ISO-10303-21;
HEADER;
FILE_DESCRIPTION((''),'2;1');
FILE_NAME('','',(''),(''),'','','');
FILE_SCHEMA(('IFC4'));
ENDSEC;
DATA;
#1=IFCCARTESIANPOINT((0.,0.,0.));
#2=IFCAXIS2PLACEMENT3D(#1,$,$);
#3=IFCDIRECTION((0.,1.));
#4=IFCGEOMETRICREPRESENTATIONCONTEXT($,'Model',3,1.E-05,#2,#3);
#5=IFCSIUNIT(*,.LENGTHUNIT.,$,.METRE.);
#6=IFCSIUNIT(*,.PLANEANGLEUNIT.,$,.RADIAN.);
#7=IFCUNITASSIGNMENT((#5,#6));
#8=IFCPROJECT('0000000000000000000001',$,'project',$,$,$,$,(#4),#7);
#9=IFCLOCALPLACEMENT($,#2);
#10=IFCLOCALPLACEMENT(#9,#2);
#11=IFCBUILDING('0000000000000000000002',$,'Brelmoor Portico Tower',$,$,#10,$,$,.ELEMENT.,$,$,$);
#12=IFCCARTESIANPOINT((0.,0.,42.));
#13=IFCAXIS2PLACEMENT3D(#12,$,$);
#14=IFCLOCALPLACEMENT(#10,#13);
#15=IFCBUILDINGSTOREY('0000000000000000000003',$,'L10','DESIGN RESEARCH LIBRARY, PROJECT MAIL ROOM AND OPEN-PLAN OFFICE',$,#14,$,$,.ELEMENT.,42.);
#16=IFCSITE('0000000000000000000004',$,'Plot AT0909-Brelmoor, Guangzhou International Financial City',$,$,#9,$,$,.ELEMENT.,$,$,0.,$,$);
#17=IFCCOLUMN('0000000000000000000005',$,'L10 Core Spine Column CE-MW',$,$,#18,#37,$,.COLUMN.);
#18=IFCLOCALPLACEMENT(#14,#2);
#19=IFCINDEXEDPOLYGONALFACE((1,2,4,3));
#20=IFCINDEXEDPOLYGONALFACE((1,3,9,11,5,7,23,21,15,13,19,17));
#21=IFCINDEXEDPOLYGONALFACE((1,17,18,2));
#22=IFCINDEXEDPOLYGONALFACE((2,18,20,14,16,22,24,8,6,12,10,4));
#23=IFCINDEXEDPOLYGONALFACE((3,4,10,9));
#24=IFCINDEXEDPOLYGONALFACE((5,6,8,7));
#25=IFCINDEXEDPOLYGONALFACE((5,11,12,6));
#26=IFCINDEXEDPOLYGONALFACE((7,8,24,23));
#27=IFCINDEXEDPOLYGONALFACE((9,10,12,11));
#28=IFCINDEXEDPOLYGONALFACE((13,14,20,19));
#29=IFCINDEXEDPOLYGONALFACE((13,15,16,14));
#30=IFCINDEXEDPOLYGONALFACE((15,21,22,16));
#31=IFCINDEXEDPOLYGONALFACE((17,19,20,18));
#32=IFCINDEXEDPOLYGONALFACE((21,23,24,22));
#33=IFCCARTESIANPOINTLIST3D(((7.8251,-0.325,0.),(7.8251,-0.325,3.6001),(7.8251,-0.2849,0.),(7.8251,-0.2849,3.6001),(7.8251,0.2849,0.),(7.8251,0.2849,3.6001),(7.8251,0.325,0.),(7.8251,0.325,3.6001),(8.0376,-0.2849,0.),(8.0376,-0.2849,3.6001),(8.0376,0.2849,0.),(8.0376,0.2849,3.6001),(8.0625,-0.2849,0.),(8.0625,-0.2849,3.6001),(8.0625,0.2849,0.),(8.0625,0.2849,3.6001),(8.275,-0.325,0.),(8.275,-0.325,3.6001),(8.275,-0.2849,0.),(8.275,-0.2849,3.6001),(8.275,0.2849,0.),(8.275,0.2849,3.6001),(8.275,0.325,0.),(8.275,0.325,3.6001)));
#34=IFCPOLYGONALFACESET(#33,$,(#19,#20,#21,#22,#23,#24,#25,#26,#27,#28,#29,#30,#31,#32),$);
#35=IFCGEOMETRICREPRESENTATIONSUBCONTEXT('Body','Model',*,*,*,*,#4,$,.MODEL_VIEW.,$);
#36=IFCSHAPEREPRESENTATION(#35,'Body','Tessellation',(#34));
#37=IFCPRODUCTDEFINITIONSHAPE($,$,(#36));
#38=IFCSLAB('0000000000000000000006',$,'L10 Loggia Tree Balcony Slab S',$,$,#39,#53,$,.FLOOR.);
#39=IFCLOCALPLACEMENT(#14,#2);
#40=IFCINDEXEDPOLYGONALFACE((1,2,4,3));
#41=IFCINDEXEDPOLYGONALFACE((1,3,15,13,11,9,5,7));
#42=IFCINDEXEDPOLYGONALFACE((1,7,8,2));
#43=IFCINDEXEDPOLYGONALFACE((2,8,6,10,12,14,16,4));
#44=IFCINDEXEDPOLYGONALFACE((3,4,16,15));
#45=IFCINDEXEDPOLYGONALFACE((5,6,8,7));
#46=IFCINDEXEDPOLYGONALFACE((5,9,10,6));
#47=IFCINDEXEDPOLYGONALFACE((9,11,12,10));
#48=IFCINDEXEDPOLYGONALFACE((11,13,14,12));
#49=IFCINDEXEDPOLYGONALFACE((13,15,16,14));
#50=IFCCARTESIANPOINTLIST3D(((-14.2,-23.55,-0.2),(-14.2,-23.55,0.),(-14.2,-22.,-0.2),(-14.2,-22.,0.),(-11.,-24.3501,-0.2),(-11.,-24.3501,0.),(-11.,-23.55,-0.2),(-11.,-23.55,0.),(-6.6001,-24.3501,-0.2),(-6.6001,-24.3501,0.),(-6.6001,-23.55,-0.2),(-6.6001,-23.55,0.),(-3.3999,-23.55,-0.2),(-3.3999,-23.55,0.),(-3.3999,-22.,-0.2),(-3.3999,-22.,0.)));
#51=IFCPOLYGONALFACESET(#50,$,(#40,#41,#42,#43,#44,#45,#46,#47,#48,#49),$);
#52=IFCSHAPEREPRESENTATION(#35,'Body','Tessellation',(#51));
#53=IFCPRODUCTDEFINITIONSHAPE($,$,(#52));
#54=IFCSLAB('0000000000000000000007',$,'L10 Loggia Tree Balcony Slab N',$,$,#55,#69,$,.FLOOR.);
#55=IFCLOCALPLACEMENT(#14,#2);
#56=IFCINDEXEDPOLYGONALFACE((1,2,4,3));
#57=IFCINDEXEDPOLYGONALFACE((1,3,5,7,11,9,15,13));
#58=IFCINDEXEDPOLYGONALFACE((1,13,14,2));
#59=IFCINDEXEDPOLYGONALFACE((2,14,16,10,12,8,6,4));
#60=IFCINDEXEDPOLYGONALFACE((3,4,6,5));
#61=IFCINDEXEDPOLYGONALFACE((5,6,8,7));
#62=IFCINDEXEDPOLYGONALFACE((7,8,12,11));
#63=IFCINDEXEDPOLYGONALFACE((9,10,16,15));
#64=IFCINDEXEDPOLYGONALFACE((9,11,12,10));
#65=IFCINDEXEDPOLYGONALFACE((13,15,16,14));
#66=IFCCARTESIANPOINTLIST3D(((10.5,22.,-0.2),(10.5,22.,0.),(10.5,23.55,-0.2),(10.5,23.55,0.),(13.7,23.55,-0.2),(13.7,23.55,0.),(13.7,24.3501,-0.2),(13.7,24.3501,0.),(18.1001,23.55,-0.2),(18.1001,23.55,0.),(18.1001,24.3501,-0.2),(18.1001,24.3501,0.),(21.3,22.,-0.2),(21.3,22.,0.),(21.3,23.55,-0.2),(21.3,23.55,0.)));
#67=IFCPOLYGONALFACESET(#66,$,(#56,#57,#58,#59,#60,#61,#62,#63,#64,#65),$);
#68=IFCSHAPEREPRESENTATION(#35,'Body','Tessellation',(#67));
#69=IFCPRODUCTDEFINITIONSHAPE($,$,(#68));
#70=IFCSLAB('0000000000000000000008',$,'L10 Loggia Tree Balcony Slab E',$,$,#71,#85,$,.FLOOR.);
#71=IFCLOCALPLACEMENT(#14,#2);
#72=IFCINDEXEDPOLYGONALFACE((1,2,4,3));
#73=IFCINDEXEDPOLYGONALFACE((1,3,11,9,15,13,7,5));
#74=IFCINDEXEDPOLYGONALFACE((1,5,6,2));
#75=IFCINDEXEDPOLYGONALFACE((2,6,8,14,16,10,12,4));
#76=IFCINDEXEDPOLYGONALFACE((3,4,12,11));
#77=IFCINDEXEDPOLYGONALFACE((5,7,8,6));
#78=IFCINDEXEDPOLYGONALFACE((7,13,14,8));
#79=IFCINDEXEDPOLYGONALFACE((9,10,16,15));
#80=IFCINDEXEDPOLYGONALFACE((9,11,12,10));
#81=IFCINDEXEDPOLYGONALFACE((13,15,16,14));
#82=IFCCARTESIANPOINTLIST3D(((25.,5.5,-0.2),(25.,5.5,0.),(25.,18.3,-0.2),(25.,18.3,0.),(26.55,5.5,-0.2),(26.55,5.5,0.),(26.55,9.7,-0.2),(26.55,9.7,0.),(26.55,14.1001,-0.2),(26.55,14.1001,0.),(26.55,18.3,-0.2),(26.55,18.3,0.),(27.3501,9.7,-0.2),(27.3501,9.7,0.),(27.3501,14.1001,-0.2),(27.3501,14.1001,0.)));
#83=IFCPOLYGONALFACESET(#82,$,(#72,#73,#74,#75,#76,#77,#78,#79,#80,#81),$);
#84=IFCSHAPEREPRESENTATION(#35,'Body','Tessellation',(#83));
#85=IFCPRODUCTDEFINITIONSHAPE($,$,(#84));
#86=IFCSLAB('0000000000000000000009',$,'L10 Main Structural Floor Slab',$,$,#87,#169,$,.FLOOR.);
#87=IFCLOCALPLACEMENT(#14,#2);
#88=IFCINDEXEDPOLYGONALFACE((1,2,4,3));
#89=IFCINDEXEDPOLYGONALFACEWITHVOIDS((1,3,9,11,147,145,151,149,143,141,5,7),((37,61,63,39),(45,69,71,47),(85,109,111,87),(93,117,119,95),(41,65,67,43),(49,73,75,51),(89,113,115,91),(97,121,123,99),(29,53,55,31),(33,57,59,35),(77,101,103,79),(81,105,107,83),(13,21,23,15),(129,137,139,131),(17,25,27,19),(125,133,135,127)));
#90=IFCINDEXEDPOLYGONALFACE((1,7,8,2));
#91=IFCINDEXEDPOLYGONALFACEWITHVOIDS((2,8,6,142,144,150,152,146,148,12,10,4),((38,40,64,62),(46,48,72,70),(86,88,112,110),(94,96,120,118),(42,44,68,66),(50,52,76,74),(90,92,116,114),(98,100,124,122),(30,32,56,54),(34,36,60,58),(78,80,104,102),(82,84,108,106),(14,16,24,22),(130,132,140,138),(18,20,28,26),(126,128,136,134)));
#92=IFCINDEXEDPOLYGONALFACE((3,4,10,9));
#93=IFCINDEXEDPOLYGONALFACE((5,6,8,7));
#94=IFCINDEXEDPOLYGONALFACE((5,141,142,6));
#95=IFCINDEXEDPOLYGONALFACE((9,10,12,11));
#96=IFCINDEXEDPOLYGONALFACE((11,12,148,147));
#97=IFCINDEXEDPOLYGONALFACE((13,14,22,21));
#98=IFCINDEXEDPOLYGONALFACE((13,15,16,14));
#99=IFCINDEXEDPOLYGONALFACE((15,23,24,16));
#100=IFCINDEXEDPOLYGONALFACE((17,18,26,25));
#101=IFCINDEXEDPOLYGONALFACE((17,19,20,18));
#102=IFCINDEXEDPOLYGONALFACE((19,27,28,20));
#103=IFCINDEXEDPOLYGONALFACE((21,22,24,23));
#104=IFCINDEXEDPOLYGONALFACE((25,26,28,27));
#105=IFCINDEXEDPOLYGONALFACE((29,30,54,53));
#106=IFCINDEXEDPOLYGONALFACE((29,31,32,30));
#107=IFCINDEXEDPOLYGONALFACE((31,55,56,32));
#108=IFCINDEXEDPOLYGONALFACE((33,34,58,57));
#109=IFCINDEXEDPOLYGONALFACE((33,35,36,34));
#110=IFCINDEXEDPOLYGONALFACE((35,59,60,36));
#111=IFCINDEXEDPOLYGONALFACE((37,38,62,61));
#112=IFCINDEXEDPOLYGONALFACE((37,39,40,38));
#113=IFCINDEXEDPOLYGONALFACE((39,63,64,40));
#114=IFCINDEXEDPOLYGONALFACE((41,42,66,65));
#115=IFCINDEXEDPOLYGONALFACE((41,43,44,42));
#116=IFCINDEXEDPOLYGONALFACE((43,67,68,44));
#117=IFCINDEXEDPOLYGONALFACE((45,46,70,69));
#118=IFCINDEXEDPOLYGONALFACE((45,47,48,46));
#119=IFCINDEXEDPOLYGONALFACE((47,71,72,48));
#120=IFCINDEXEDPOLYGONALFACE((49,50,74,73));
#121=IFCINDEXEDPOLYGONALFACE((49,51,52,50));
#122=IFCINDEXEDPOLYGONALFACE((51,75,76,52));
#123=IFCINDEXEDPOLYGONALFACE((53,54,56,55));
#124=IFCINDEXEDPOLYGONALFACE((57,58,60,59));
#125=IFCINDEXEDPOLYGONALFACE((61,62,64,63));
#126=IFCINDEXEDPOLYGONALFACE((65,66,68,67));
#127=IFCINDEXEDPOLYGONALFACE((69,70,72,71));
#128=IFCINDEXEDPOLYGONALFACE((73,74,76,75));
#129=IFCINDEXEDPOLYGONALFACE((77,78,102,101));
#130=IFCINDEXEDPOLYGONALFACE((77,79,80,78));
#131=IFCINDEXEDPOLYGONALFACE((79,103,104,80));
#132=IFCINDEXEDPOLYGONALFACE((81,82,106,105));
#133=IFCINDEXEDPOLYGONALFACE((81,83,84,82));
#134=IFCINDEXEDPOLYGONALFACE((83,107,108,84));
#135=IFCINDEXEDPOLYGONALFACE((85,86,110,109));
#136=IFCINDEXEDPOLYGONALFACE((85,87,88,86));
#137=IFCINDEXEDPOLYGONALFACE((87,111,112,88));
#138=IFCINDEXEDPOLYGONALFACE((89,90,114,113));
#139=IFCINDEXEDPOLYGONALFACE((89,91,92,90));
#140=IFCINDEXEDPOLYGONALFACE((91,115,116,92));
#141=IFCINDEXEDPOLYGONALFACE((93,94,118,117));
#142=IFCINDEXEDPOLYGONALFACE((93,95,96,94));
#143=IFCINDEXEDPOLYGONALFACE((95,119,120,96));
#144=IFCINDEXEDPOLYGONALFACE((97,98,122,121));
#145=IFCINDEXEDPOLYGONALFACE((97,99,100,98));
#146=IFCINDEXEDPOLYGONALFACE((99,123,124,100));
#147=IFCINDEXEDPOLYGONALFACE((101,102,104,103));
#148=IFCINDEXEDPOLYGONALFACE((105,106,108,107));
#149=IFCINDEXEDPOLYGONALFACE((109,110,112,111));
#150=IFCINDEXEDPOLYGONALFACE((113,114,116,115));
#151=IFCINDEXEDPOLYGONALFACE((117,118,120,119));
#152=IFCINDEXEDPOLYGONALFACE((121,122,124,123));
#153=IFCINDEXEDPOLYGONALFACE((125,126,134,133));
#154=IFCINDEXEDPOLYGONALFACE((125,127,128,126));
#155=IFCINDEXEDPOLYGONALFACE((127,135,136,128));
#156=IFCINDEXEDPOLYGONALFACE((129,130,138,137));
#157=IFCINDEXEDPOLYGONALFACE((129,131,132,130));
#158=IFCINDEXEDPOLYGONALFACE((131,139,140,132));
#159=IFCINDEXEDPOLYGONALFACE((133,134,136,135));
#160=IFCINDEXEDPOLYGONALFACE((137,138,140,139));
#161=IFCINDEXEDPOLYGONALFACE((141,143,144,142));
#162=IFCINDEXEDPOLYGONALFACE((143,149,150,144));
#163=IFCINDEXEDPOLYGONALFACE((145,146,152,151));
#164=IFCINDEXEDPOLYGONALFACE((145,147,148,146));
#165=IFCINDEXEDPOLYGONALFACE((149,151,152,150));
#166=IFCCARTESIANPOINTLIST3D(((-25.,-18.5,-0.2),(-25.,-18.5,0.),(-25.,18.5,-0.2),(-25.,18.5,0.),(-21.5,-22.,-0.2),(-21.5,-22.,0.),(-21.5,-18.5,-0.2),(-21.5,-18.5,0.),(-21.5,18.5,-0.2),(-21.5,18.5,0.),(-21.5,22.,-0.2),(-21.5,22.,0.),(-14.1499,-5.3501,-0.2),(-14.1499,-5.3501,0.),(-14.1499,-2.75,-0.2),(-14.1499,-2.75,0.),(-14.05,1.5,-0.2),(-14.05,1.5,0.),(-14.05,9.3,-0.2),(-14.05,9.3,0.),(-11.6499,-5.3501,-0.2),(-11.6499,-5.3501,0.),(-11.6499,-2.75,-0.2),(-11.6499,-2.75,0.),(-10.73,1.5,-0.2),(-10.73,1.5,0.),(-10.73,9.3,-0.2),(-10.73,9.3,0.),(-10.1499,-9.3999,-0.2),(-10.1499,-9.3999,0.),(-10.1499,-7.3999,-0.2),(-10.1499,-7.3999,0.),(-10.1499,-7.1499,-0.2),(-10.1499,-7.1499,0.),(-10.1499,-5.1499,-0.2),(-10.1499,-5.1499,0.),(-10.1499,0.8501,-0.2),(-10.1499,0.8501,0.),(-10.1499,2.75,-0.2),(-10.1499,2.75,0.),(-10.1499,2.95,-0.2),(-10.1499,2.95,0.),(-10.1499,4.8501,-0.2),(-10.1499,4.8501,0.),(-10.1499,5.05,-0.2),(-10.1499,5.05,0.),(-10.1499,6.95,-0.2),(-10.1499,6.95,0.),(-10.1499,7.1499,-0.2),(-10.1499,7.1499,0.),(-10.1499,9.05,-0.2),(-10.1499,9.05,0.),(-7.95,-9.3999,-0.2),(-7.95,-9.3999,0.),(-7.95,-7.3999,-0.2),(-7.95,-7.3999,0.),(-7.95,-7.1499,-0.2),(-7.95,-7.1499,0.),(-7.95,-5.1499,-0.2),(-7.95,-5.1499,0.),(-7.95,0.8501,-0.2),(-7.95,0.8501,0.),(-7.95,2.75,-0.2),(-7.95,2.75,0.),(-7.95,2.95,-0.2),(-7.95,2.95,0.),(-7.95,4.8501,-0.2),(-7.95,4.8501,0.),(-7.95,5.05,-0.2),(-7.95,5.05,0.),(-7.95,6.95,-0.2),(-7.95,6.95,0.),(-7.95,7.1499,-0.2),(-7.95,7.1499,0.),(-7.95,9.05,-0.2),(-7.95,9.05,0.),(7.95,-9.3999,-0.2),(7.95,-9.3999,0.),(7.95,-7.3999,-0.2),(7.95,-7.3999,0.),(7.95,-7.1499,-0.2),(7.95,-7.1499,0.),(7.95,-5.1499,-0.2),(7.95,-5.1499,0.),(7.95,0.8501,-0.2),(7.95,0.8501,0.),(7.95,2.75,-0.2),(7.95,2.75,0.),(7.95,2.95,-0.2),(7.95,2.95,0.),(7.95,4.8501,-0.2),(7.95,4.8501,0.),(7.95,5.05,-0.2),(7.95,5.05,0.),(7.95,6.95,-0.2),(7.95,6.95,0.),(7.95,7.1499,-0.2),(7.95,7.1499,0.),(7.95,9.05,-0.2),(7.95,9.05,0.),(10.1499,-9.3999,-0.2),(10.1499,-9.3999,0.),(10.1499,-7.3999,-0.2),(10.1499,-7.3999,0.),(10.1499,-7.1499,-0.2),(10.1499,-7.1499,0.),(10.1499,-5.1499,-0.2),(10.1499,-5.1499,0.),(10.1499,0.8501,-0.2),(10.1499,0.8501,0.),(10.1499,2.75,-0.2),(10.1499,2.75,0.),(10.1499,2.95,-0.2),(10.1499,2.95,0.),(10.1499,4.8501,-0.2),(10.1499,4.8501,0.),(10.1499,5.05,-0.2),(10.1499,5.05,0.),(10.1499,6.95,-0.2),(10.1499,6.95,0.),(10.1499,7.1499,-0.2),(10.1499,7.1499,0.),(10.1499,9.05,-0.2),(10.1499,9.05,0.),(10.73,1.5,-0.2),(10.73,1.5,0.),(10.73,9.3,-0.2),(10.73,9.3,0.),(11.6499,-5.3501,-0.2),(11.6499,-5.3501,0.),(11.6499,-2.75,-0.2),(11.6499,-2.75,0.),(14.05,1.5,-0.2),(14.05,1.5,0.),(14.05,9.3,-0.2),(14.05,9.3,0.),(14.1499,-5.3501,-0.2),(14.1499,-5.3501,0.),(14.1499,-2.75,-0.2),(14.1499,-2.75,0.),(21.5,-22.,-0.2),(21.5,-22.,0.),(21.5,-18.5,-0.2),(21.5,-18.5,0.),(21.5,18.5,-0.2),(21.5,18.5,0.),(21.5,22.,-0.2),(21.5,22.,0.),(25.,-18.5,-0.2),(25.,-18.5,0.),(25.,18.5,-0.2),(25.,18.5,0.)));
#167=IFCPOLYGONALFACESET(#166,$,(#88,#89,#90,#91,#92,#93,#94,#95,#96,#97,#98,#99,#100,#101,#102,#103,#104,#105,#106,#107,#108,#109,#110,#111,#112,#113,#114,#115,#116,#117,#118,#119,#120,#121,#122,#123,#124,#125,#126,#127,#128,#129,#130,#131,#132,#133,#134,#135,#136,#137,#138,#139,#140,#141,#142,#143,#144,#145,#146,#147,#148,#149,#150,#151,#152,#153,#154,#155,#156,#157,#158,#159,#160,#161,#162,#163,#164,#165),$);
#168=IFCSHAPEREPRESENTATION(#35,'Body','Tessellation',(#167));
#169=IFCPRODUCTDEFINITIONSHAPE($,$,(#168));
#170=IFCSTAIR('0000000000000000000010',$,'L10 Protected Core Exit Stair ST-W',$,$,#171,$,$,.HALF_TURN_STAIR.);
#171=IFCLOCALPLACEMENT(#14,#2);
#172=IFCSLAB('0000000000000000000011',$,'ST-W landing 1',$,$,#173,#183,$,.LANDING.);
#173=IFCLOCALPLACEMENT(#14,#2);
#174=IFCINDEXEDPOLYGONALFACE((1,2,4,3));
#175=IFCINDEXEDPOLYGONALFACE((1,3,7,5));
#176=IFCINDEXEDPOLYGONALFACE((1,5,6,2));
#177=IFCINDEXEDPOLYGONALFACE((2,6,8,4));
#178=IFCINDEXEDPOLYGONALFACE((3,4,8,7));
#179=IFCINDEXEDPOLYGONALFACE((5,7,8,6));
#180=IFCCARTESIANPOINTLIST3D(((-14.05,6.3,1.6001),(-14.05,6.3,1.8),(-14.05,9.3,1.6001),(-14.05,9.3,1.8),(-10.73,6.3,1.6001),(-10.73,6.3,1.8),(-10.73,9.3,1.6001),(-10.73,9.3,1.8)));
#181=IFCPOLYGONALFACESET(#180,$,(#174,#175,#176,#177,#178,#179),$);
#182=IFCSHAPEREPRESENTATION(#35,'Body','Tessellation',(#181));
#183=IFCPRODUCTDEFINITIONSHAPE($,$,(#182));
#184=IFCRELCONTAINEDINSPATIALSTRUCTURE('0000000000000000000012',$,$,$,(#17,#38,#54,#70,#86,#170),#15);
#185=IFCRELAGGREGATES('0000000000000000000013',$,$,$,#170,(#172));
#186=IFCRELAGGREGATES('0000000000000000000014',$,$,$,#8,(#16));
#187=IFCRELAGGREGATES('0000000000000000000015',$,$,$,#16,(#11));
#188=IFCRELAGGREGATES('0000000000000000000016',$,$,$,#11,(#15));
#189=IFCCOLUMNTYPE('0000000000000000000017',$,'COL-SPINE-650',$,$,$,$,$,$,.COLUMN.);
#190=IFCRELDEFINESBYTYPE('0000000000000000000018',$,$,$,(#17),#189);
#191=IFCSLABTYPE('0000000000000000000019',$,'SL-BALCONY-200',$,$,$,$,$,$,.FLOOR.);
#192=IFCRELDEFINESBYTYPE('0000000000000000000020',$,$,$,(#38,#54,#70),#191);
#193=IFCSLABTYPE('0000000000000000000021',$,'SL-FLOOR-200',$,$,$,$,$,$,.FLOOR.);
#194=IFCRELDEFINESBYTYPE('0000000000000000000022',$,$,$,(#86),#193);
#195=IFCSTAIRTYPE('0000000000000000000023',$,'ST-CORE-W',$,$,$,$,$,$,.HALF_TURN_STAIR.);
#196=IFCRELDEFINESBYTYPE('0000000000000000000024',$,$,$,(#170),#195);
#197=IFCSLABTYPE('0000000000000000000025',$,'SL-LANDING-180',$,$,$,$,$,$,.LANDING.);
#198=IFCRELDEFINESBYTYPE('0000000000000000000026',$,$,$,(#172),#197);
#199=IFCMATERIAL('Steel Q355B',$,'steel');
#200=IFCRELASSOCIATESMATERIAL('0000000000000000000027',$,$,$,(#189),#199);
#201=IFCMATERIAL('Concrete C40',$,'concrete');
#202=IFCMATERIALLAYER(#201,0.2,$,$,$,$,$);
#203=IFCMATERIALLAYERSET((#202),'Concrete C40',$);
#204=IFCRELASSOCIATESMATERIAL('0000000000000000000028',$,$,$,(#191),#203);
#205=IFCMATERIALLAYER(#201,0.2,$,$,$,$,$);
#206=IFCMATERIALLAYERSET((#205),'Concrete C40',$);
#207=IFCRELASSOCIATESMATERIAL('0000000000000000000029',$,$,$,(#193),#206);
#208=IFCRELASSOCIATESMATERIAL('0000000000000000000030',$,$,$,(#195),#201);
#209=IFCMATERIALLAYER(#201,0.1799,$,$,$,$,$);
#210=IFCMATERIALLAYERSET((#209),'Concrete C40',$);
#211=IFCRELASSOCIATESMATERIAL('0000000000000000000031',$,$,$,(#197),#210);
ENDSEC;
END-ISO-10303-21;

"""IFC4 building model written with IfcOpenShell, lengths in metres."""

from ifc_helpers import new_model, si_unit, direction, frame, origin, origin_2d, place, context, subcontext, project, spatial, polyline, i_section, outline, extrude, material, layer, layer_set, material_profile, profile_set, type_object, element, aggregate, save


model = new_model("IFC4")

# Units and contexts
model_context = context("Model", 3, precision=1e-05, world=origin(), true_north=direction((0.0, 1.0)))
body_context = subcontext(model_context, "Body", "Model", "MODEL_VIEW")
ifc_project = project(units=[si_unit("LENGTHUNIT", "METRE"), si_unit("PLANEANGLEUNIT", "RADIAN")], contexts=[model_context])

# Site, building, storey
site_placement = place(None, origin())
site = spatial("IfcSite", under=ifc_project, at=site_placement, Name="Plot AT0909-Brelmoor, Guangzhou International Financial City", CompositionType="ELEMENT", RefElevation=0.0)
building_placement = place(site_placement, origin())
building = spatial("IfcBuilding", under=site, at=building_placement, Name="Brelmoor Portico Tower", CompositionType="ELEMENT")
storey_placement = place(building_placement, frame((0.0, 0.0, 42.0)))
storey = spatial("IfcBuildingStorey", under=building, at=storey_placement, Name="L10", Description="DESIGN RESEARCH LIBRARY, PROJECT MAIL ROOM AND OPEN-PLAN OFFICE", CompositionType="ELEMENT", Elevation=42.0)

# Column
ifc_material_1 = material(Name="Steel Q355B", Category="steel")
ifc_material_profile = material_profile(ifc_material_1, i_section(OverallWidth=0.45, OverallDepth=0.6499, WebThickness=0.0249, FlangeThickness=0.04, at=origin_2d()), Name="HW 650x450x25x40")
ifc_profile_set = profile_set([ifc_material_profile], Name="Steel Q355B")
column_type = type_object("IfcColumnType", Name="COL-SPINE-650", PredefinedType="COLUMN", material=ifc_profile_set)
column_placement = place(storey_placement, frame((8.05, 0.0, 0.0), z_axis=(0.0, 0.0, 1.0), x_axis=(1.0, 0.0, 0.0)))
element("IfcColumn", 1, at=column_placement, inside=storey, type_object=column_type, Name="L10 Core Spine Column CE-MW", PredefinedType="COLUMN", context=body_context, shape_type="SweptSolid", body=[
    extrude(i_section(OverallWidth=0.45, OverallDepth=0.6499, WebThickness=0.0249, FlangeThickness=0.04, at=origin_2d()), origin(), (0.0, 0.0, 1.0), 3.6001),
])

# Slabs
ifc_material_2 = material(Name="Concrete C40", Category="concrete")
ifc_layer_1 = layer(ifc_material_2, 0.2)
ifc_layer_set_1 = layer_set([ifc_layer_1], Name="Concrete C40")
slab_type_1 = type_object("IfcSlabType", Name="SL-BALCONY-200", PredefinedType="FLOOR", material=ifc_layer_set_1)
slab_1_placement = place(storey_placement, frame((0.0, 0.0, -0.2)))
element("IfcSlab", 2, at=slab_1_placement, inside=storey, type_object=slab_type_1, Name="L10 Loggia Tree Balcony Slab S", PredefinedType="FLOOR", context=body_context, shape_type="SweptSolid", body=[
    extrude(outline(polyline([(-14.2, -23.55), (-11.0, -23.55), (-11.0, -24.3501), (-6.6001, -24.3501), (-6.6001, -23.55), (-3.3999, -23.55), (-3.3999, -22.0), (-14.2, -22.0), (-14.2, -23.55)])), origin(), (0.0, 0.0, 1.0), 0.2),
])
slab_2_placement = place(storey_placement, frame((0.0, 0.0, -0.2)))
element("IfcSlab", 3, at=slab_2_placement, inside=storey, type_object=slab_type_1, Name="L10 Loggia Tree Balcony Slab N", PredefinedType="FLOOR", context=body_context, shape_type="SweptSolid", body=[
    extrude(outline(polyline([(10.5, 22.0), (21.3, 22.0), (21.3, 23.55), (18.1001, 23.55), (18.1001, 24.3501), (13.7, 24.3501), (13.7, 23.55), (10.5, 23.55), (10.5, 22.0)])), origin(), (0.0, 0.0, 1.0), 0.2),
])
slab_3_placement = place(storey_placement, frame((0.0, 0.0, -0.2)))
element("IfcSlab", 4, at=slab_3_placement, inside=storey, type_object=slab_type_1, Name="L10 Loggia Tree Balcony Slab E", PredefinedType="FLOOR", context=body_context, shape_type="SweptSolid", body=[
    extrude(outline(polyline([(25.0, 5.5), (26.55, 5.5), (26.55, 9.7), (27.3501, 9.7), (27.3501, 14.1001), (26.55, 14.1001), (26.55, 18.3), (25.0, 18.3), (25.0, 5.5)])), origin(), (0.0, 0.0, 1.0), 0.2),
])
ifc_layer_2 = layer(ifc_material_2, 0.2)
ifc_layer_set_2 = layer_set([ifc_layer_2], Name="Concrete C40")
slab_type_2 = type_object("IfcSlabType", Name="SL-FLOOR-200", PredefinedType="FLOOR", material=ifc_layer_set_2)
slab_4_placement = place(storey_placement, frame((0.0, 0.0, -0.2)))
element("IfcSlab", 5, at=slab_4_placement, inside=storey, type_object=slab_type_2, Name="L10 Main Structural Floor Slab", PredefinedType="FLOOR", context=body_context, shape_type="SweptSolid", body=[
    extrude(outline(polyline([(-21.5, -22.0), (21.5, -22.0), (21.5, -18.5), (25.0, -18.5), (25.0, 18.5), (21.5, 18.5), (21.5, 22.0), (-21.5, 22.0), (-21.5, 18.5), (-25.0, 18.5), (-25.0, -18.5), (-21.5, -18.5), (-21.5, -22.0)]), holes=[polyline([(-10.73, 1.5), (-10.73, 9.3), (-14.05, 9.3), (-14.05, 1.5), (-10.73, 1.5)]), polyline([(14.05, 1.5), (14.05, 9.3), (10.73, 9.3), (10.73, 1.5), (14.05, 1.5)]), polyline([(-10.1499, 0.8501), (-7.95, 0.8501), (-7.95, 2.75), (-10.1499, 2.75), (-10.1499, 0.8501)]), polyline([(-10.1499, 2.95), (-7.95, 2.95), (-7.95, 4.8501), (-10.1499, 4.8501), (-10.1499, 2.95)]), polyline([(-10.1499, 5.05), (-7.95, 5.05), (-7.95, 6.95), (-10.1499, 6.95), (-10.1499, 5.05)]), polyline([(-10.1499, 7.1499), (-7.95, 7.1499), (-7.95, 9.05), (-10.1499, 9.05), (-10.1499, 7.1499)]), polyline([(7.95, 0.8501), (10.1499, 0.8501), (10.1499, 2.75), (7.95, 2.75), (7.95, 0.8501)]), polyline([(7.95, 2.95), (10.1499, 2.95), (10.1499, 4.8501), (7.95, 4.8501), (7.95, 2.95)]), polyline([(7.95, 5.05), (10.1499, 5.05), (10.1499, 6.95), (7.95, 6.95), (7.95, 5.05)]), polyline([(7.95, 7.1499), (10.1499, 7.1499), (10.1499, 9.05), (7.95, 9.05), (7.95, 7.1499)]), polyline([(-10.1499, -9.3999), (-7.95, -9.3999), (-7.95, -7.3999), (-10.1499, -7.3999), (-10.1499, -9.3999)]), polyline([(-10.1499, -7.1499), (-7.95, -7.1499), (-7.95, -5.1499), (-10.1499, -5.1499), (-10.1499, -7.1499)]), polyline([(7.95, -9.3999), (10.1499, -9.3999), (10.1499, -7.3999), (7.95, -7.3999), (7.95, -9.3999)]), polyline([(7.95, -7.1499), (10.1499, -7.1499), (10.1499, -5.1499), (7.95, -5.1499), (7.95, -7.1499)]), polyline([(-14.1499, -5.3501), (-11.6499, -5.3501), (-11.6499, -2.75), (-14.1499, -2.75), (-14.1499, -5.3501)]), polyline([(11.6499, -5.3501), (14.1499, -5.3501), (14.1499, -2.75), (11.6499, -2.75), (11.6499, -5.3501)])]), origin(), (0.0, 0.0, 1.0), 0.2),
])

# Stair, slab
stair_type_1 = type_object("IfcStairType", Name="ST-CORE-W", PredefinedType="HALF_TURN_STAIR", material=ifc_material_2)
stair_1_placement = place(storey_placement, origin())
stair_1 = element("IfcStair", 6, at=stair_1_placement, inside=storey, type_object=stair_type_1, Name="L10 Protected Core Exit Stair ST-W", PredefinedType="HALF_TURN_STAIR")
ifc_layer_3 = layer(ifc_material_2, 0.1799)
ifc_layer_set_3 = layer_set([ifc_layer_3], Name="Concrete C40")
slab_type_3 = type_object("IfcSlabType", Name="SL-LANDING-180", PredefinedType="LANDING", material=ifc_layer_set_3)
slab_5_placement = place(storey_placement, frame((0.0, 0.0, 1.6001)))
slab_5 = element("IfcSlab", 7, at=slab_5_placement, type_object=slab_type_3, Name="ST-W landing 1", PredefinedType="LANDING", context=body_context, shape_type="SweptSolid", body=[
    extrude(outline(polyline([(-10.73, 6.3), (-10.73, 9.3), (-14.05, 9.3), (-14.05, 6.3), (-10.73, 6.3)])), origin(), (0.0, 0.0, 1.0), 0.2),
])
aggregate(stair_1, [slab_5])

save(model, "model.ifc")
